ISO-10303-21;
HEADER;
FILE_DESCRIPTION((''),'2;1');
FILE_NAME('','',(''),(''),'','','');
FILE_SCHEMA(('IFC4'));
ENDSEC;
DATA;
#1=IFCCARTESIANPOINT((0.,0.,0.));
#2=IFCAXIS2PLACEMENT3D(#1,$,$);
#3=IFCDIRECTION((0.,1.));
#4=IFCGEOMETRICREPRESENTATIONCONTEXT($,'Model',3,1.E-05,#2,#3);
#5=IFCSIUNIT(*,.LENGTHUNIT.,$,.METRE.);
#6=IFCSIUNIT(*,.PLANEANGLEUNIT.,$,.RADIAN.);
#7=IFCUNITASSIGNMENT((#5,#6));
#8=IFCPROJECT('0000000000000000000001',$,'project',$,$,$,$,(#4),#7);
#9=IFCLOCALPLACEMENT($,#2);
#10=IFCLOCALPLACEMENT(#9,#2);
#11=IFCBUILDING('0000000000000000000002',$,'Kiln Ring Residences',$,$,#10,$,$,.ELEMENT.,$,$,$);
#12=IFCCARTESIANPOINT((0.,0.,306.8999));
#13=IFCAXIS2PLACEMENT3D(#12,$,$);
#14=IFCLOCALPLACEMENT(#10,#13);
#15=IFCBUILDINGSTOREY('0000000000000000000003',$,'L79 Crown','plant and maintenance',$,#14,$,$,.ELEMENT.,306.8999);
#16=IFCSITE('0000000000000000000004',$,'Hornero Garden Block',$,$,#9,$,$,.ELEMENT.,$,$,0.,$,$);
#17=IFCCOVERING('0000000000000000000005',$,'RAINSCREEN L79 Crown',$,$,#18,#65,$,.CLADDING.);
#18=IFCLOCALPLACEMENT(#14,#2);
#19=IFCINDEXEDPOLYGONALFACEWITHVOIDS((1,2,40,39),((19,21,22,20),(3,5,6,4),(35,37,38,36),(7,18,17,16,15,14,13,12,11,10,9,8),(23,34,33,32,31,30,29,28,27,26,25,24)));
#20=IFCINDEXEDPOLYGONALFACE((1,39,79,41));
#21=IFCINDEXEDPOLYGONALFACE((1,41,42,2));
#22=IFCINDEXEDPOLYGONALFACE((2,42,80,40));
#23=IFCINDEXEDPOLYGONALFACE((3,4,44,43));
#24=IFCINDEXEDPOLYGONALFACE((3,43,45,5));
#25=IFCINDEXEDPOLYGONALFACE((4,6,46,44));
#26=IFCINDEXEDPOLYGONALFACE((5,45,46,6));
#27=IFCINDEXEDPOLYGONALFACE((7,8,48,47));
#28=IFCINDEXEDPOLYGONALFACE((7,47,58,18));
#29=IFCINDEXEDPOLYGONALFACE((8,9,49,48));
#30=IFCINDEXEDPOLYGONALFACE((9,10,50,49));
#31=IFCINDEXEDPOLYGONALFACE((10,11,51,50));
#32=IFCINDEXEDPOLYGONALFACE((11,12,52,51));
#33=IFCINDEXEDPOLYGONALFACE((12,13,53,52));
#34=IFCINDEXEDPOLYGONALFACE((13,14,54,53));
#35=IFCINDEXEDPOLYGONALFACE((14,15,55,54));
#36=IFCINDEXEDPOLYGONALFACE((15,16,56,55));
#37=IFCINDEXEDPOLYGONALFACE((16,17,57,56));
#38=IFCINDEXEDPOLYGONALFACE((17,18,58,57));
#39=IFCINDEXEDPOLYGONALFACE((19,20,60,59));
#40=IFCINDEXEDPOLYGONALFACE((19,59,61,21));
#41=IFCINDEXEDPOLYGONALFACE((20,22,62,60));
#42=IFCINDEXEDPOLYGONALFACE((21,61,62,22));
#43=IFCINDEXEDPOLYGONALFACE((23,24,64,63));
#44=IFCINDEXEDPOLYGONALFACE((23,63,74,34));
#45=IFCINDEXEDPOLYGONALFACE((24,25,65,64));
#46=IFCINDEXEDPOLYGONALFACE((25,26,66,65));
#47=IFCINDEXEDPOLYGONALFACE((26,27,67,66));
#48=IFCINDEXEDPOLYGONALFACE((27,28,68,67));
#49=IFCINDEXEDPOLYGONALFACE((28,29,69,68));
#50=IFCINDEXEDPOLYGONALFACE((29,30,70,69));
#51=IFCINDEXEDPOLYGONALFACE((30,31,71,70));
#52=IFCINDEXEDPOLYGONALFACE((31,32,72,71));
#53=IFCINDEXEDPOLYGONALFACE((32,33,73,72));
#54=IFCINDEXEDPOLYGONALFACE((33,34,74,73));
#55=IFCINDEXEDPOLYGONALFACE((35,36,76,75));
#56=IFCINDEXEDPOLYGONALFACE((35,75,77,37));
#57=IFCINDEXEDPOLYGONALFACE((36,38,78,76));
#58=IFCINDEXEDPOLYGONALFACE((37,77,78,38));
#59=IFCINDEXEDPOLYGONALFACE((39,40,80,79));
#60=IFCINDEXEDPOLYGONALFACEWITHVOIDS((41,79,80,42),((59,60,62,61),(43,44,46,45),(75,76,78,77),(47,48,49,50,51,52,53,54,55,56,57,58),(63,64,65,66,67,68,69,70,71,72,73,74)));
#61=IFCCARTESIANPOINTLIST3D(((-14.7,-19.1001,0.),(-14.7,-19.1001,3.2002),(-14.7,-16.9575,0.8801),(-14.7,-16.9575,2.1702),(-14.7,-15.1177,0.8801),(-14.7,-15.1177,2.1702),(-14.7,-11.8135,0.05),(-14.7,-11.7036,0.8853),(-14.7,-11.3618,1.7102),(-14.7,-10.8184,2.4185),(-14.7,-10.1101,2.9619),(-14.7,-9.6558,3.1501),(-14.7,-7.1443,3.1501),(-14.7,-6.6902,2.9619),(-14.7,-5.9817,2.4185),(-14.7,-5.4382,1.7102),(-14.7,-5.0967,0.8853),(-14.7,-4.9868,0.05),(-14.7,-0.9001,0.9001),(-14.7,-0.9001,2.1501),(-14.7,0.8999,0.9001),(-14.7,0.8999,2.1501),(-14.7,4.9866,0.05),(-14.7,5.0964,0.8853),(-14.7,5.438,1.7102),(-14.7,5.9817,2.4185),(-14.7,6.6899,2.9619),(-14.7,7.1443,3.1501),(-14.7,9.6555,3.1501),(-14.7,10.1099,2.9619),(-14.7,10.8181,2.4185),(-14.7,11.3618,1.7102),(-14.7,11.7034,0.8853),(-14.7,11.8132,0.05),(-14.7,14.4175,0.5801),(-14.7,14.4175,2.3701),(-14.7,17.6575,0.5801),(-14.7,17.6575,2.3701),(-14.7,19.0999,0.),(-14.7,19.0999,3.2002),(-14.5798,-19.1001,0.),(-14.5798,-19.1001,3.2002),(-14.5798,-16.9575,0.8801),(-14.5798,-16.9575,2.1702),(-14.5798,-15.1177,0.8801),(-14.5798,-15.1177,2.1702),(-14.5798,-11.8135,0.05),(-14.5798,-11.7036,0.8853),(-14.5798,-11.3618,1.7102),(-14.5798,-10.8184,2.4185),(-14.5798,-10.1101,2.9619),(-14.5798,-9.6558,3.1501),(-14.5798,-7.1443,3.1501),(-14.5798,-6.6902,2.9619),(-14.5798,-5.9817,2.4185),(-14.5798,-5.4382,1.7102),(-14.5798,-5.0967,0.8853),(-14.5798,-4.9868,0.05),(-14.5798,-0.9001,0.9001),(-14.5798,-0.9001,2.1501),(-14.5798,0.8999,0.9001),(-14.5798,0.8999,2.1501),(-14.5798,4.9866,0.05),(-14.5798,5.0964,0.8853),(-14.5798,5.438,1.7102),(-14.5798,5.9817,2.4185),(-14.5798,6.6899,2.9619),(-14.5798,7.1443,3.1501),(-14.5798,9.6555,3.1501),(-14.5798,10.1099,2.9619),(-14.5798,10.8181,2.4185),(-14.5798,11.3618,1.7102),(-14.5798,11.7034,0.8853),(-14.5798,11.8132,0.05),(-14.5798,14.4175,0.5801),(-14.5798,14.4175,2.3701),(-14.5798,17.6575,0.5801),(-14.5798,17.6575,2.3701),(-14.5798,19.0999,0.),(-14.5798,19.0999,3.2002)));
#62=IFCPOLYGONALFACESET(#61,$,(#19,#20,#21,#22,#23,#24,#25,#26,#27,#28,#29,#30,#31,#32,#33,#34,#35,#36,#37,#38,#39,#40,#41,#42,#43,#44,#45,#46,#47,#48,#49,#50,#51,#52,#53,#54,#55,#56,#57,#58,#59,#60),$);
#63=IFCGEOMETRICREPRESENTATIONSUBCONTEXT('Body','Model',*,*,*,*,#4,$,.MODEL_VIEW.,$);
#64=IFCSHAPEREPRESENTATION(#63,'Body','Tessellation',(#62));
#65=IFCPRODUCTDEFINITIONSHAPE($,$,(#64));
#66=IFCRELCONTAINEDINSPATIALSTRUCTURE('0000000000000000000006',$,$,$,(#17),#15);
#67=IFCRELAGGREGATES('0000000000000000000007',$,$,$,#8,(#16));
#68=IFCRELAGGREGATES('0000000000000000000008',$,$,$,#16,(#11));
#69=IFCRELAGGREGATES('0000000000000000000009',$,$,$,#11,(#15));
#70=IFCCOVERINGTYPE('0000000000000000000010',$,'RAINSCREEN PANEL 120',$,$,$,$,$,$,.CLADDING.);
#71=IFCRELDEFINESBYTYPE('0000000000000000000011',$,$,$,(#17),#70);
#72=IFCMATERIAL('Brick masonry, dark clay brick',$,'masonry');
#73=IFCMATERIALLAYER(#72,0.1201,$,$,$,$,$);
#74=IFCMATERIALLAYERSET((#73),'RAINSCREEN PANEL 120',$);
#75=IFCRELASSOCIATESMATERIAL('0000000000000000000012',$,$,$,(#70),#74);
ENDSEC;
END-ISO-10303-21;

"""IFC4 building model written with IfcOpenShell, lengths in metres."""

from ifc_helpers import new_model, si_unit, direction, frame, origin, place, context, subcontext, project, spatial, polyline, outline, extrude, material, layer, layer_set, type_object, element, save


model = new_model("IFC4")

# Units and contexts
model_context = context("Model", 3, precision=1e-05, world=origin(), true_north=direction((0.0, 1.0)))
body_context = subcontext(model_context, "Body", "Model", "MODEL_VIEW")
ifc_project = project(units=[si_unit("LENGTHUNIT", "METRE"), si_unit("PLANEANGLEUNIT", "RADIAN")], contexts=[model_context])

# Site, building, storey
site_placement = place(None, origin())
site = spatial("IfcSite", under=ifc_project, at=site_placement, Name="Hornero Garden Block", CompositionType="ELEMENT", RefElevation=0.0)
building_placement = place(site_placement, origin())
building = spatial("IfcBuilding", under=site, at=building_placement, Name="Kiln Ring Residences", CompositionType="ELEMENT")
storey_placement = place(building_placement, frame((0.0, 0.0, 306.8999)))
storey = spatial("IfcBuildingStorey", under=building, at=storey_placement, Name="L79 Crown", Description="plant and maintenance", CompositionType="ELEMENT", Elevation=306.8999)

# Covering
ifc_material_1 = material(Name="Brick masonry, dark clay brick", Category="masonry")
ifc_layer_1 = layer(ifc_material_1, 0.1201)
ifc_layer_set_1 = layer_set([ifc_layer_1], Name="RAINSCREEN PANEL 120")
covering_type = type_object("IfcCoveringType", Name="RAINSCREEN PANEL 120", PredefinedType="CLADDING", material=ifc_layer_set_1)
covering_placement = place(storey_placement, frame((-14.6399, -19.1001, 0.0), z_axis=(0.0, 0.0, 1.0), x_axis=(0.0, 1.0, 0.0)))
element("IfcCovering", 1, at=covering_placement, inside=storey, type_object=covering_type, Name="RAINSCREEN L79 Crown", PredefinedType="CLADDING", context=body_context, shape_type="SweptSolid", body=[
    extrude(outline(polyline([(0.0, 0.0), (38.2, 0.0), (38.2, 3.2002), (0.0, 3.2002), (0.0, 0.0)]), holes=[polyline([(7.3965, 0.8853), (7.2866, 0.05), (14.1133, 0.05), (14.0034, 0.8853), (13.6619, 1.7102), (13.1184, 2.4185), (12.4099, 2.9619), (11.9558, 3.1501), (9.4443, 3.1501), (8.99, 2.9619), (8.2817, 2.4185), (7.7383, 1.7102), (7.3965, 0.8853)]), polyline([(24.1965, 0.8853), (24.0867, 0.05), (30.9133, 0.05), (30.8035, 0.8853), (30.4619, 1.7102), (29.9182, 2.4185), (29.21, 2.9619), (28.7556, 3.1501), (26.2444, 3.1501), (25.79, 2.9619), (25.0818, 2.4185), (24.5381, 1.7102), (24.1965, 0.8853)]), polyline([(33.5176, 0.5801), (36.7576, 0.5801), (36.7576, 2.3701), (33.5176, 2.3701), (33.5176, 0.5801)]), polyline([(3.9824, 0.8801), (3.9824, 2.1702), (2.1426, 2.1702), (2.1426, 0.8801), (3.9824, 0.8801)]), polyline([(18.2, 0.9001), (20.0, 0.9001), (20.0, 2.1501), (18.2, 2.1501), (18.2, 0.9001)])]), frame((0.0, 0.0601, 0.0), z_axis=(0.0, -1.0, 0.0), x_axis=(1.0, 0.0, 0.0)), (0.0, 0.0, 1.0), 0.1201),
])

save(model, "model.ifc")
